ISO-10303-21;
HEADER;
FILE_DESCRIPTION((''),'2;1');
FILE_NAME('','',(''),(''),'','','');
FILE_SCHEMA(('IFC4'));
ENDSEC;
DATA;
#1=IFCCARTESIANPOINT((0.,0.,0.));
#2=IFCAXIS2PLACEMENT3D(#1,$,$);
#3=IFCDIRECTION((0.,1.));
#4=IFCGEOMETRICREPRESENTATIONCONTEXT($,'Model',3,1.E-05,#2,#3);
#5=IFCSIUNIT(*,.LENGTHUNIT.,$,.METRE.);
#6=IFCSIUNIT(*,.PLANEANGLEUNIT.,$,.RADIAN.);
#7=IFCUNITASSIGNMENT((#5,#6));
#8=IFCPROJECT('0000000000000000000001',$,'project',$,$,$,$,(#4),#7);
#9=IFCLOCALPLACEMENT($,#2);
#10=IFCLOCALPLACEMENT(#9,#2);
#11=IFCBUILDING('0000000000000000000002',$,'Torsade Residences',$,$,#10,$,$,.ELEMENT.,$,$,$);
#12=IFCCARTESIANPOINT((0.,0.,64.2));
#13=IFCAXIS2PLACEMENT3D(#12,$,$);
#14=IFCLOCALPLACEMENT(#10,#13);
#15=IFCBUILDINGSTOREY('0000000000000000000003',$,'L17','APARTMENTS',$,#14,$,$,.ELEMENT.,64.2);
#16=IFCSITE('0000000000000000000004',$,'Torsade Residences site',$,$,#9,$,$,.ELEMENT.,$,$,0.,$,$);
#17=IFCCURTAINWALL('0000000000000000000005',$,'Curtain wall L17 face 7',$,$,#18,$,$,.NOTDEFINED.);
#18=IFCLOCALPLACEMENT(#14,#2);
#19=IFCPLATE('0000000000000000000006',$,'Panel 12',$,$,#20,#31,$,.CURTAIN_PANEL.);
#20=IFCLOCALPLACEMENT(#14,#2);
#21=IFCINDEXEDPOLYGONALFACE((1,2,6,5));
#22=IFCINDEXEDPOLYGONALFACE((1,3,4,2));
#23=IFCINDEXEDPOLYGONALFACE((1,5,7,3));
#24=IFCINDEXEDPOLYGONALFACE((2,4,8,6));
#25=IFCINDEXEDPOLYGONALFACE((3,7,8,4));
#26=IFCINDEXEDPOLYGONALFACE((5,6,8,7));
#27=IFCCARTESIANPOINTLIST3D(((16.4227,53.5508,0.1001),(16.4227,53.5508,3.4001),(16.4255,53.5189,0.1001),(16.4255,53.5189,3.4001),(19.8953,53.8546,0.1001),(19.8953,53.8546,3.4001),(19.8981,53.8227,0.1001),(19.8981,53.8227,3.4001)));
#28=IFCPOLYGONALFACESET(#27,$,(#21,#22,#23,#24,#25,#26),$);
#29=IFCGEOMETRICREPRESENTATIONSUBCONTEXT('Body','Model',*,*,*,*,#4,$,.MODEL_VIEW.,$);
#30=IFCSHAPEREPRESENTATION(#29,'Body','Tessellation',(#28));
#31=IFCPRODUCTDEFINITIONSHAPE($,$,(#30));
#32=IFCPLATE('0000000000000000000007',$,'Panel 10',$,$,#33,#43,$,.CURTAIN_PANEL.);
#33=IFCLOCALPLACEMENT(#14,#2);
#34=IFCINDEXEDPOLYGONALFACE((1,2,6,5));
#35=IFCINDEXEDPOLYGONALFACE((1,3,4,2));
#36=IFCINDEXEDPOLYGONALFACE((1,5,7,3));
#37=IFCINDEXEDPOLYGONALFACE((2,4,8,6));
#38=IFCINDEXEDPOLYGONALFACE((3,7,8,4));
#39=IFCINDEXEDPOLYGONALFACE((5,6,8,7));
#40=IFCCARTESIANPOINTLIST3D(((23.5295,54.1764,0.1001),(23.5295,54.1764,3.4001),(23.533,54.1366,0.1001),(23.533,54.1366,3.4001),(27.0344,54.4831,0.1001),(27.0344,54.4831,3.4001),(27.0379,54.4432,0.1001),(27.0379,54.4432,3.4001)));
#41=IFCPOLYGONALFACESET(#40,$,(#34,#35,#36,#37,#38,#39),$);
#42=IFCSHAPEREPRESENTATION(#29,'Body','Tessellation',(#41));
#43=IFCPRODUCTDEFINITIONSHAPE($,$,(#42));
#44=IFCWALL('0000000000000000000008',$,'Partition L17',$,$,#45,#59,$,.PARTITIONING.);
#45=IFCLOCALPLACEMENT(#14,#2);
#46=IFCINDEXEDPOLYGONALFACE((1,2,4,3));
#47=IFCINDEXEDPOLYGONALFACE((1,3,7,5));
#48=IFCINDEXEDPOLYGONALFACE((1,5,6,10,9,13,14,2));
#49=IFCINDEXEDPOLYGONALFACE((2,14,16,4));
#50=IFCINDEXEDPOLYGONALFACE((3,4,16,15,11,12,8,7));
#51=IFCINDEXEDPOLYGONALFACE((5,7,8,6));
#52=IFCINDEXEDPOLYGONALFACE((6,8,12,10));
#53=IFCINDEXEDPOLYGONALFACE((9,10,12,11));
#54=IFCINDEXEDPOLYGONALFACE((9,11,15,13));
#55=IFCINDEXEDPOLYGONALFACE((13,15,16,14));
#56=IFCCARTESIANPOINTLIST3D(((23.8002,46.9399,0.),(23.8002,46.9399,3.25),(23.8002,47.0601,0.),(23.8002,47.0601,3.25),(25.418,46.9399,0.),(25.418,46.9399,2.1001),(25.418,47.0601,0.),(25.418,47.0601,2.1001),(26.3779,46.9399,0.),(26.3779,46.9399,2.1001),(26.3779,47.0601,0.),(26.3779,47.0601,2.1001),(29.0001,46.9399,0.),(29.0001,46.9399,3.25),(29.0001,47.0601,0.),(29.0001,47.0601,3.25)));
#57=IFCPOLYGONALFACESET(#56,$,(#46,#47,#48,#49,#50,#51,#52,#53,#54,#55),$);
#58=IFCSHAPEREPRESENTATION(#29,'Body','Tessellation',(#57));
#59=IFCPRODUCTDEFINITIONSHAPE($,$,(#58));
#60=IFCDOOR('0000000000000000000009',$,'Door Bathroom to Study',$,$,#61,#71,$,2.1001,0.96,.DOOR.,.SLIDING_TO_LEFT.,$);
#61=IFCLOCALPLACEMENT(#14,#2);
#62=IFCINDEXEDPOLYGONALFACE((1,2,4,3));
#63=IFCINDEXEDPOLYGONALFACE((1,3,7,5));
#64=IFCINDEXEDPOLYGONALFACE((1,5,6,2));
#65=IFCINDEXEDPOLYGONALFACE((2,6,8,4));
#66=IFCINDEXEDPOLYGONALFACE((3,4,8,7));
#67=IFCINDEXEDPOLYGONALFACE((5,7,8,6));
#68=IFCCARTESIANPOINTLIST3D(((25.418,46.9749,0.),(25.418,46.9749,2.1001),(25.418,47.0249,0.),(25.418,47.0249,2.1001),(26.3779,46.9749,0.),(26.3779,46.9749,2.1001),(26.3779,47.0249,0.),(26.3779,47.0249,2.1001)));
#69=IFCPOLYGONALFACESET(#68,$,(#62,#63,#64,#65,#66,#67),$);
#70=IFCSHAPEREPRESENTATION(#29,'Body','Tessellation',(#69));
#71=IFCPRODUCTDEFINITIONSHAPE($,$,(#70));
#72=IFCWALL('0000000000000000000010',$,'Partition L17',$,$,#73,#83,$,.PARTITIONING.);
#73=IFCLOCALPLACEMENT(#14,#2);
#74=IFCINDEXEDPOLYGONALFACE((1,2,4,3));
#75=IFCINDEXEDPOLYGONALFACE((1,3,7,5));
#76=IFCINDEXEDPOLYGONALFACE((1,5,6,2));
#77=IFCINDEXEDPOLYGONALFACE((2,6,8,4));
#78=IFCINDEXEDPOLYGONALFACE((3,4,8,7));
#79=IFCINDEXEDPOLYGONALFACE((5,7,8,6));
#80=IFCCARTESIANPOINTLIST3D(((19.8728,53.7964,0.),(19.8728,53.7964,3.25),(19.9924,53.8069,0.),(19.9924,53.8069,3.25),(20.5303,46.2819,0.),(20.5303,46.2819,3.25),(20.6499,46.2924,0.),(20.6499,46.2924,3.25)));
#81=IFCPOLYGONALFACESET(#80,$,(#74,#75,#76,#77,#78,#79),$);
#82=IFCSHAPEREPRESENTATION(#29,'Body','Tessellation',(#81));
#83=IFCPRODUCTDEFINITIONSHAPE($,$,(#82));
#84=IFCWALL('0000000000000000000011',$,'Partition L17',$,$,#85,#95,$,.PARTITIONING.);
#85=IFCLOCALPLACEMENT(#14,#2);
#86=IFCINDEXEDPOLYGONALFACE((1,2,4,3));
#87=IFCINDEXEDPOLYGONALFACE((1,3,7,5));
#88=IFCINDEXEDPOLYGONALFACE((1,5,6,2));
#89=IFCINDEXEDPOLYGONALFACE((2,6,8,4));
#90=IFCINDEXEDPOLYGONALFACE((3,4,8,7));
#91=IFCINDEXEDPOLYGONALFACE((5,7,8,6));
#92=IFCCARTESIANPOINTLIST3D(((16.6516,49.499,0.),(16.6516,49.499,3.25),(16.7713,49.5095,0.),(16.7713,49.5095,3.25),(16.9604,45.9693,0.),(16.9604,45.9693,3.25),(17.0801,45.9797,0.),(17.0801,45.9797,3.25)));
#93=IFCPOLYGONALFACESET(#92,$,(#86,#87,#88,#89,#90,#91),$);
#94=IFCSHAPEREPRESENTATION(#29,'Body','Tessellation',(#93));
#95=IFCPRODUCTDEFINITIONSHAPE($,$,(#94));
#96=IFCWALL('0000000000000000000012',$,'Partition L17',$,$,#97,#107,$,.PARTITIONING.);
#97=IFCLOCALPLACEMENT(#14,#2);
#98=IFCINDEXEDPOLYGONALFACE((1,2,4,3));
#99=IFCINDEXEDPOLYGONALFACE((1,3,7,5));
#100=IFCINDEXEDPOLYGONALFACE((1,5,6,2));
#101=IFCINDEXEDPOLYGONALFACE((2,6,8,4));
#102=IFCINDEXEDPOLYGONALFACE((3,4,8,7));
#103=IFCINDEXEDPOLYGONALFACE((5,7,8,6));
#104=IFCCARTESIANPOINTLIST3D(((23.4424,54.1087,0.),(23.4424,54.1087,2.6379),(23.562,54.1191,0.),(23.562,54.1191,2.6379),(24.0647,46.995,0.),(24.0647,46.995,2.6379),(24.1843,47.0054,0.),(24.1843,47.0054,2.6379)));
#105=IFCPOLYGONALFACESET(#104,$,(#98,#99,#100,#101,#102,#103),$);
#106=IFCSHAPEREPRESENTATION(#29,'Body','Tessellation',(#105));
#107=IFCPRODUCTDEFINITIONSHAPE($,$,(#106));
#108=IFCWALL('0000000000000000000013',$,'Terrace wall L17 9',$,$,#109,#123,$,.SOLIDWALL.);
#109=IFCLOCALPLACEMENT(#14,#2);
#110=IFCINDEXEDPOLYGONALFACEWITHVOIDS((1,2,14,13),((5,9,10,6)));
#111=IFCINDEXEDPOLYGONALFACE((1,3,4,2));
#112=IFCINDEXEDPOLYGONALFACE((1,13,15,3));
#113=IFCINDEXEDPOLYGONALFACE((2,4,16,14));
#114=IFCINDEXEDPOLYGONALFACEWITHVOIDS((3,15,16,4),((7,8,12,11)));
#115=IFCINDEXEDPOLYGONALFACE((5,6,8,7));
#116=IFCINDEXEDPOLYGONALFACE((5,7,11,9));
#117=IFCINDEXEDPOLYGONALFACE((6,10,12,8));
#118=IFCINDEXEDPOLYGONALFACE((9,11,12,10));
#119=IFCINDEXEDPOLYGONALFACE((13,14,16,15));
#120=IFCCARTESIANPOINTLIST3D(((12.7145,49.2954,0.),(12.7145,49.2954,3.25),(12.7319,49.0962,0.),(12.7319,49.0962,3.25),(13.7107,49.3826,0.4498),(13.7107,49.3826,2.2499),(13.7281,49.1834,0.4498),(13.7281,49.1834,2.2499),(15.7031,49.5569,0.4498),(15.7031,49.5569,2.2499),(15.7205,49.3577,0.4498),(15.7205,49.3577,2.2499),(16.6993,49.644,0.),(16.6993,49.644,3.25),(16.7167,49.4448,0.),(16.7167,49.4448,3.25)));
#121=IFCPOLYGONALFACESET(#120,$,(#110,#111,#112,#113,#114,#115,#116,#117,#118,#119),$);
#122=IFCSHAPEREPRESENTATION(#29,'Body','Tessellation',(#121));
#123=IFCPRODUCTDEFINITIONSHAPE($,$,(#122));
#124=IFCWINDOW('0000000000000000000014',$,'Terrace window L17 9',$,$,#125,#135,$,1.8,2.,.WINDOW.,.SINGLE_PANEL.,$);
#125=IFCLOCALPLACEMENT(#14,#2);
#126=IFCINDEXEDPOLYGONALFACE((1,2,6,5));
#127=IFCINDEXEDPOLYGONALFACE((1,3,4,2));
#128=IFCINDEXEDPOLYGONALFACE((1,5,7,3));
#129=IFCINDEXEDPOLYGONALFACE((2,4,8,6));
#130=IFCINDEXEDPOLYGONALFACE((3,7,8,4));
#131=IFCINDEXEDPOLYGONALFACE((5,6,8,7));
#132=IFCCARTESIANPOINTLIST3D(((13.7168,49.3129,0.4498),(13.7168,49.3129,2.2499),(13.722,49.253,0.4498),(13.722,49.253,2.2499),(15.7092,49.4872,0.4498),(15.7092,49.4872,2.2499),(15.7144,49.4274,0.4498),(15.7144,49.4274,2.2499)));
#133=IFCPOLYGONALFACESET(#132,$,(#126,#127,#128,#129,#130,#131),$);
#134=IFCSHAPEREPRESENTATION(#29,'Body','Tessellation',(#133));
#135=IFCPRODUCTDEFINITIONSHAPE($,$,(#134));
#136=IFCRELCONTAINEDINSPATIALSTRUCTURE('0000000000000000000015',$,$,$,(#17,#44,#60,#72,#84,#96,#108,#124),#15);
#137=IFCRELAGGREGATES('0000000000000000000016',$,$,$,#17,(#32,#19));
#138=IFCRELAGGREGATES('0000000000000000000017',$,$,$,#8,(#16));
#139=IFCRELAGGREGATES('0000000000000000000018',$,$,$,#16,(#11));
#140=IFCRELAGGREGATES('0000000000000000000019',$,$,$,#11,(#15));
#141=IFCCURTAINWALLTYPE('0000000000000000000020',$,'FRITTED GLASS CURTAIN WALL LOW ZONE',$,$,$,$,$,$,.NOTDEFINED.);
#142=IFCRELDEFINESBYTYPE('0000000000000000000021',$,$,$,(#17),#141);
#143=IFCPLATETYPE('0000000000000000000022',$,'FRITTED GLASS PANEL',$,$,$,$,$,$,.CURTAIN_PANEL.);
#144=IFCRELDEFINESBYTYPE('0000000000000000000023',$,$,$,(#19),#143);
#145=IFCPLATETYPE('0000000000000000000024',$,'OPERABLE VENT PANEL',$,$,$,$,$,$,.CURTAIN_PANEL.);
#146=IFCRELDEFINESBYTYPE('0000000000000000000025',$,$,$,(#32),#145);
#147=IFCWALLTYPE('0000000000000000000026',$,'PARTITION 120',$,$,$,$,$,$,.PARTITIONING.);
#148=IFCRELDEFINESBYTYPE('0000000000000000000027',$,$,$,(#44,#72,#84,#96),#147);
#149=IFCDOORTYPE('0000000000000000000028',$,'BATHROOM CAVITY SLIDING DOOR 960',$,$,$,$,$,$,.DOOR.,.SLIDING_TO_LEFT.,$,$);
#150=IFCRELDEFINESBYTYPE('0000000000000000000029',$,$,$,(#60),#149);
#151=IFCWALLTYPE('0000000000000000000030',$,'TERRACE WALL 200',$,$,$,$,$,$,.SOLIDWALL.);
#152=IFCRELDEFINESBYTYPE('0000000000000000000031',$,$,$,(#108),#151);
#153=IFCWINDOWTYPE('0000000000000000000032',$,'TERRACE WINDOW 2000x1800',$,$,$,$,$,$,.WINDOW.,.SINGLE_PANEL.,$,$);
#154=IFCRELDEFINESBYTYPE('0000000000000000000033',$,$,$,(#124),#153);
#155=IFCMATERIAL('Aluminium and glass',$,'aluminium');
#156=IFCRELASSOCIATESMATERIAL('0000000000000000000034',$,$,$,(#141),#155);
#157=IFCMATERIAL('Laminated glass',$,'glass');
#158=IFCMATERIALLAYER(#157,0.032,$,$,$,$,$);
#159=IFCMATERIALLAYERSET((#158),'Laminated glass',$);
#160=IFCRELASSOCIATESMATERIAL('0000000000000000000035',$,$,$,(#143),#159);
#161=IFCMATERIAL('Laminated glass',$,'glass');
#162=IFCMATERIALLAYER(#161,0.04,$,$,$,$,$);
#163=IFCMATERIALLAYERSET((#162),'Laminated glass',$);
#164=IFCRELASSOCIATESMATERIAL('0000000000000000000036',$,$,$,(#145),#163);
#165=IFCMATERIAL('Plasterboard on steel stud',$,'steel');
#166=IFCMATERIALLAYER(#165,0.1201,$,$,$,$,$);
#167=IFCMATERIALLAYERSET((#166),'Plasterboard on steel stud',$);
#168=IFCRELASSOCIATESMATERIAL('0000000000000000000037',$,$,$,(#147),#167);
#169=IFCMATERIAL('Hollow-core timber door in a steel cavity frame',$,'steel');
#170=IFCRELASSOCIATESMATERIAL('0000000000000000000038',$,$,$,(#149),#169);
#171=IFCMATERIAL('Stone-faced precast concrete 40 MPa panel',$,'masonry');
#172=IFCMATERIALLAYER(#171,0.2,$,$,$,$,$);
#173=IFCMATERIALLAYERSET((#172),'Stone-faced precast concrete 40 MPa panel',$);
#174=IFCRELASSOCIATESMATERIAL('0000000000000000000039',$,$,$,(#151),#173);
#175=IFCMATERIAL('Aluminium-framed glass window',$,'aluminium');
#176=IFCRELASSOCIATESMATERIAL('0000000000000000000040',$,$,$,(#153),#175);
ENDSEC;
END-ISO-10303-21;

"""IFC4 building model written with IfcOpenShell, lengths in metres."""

from ifc_helpers import new_model, si_unit, direction, frame, frame_2d, origin, origin_2d, place, context, subcontext, project, spatial, rectangle, extrude, material, layer, layer_set, type_object, element, fill, aggregate, save


model = new_model("IFC4")

# Units and contexts
model_context = context("Model", 3, precision=1e-05, world=origin(), true_north=direction((0.0, 1.0)))
body_context = subcontext(model_context, "Body", "Model", "MODEL_VIEW")
ifc_project = project(units=[si_unit("LENGTHUNIT", "METRE"), si_unit("PLANEANGLEUNIT", "RADIAN")], contexts=[model_context])

# Site, building, storey
site_placement = place(None, origin())
site = spatial("IfcSite", under=ifc_project, at=site_placement, Name="Torsade Residences site", CompositionType="ELEMENT", RefElevation=0.0)
building_placement = place(site_placement, origin())
building = spatial("IfcBuilding", under=site, at=building_placement, Name="Torsade Residences", CompositionType="ELEMENT")
storey_placement = place(building_placement, frame((0.0, 0.0, 64.2)))
storey = spatial("IfcBuildingStorey", under=building, at=storey_placement, Name="L17", Description="APARTMENTS", CompositionType="ELEMENT", Elevation=64.2)

# Curtain wall
ifc_material_1 = material(Name="Aluminium and glass", Category="aluminium")
curtain_wall_type = type_object("IfcCurtainWallType", Name="FRITTED GLASS CURTAIN WALL LOW ZONE", PredefinedType="NOTDEFINED", material=ifc_material_1)
curtain_wall_placement = place(storey_placement, origin())
curtain_wall = element("IfcCurtainWall", 1, at=curtain_wall_placement, inside=storey, type_object=curtain_wall_type, Name="Curtain wall L17 face 7", PredefinedType="NOTDEFINED")

# Plates
ifc_material_2 = material(Name="Laminated glass", Category="glass")
ifc_layer_1 = layer(ifc_material_2, 0.032)
ifc_layer_set_1 = layer_set([ifc_layer_1], Name="Laminated glass")
plate_type_1 = type_object("IfcPlateType", Name="FRITTED GLASS PANEL", PredefinedType="CURTAIN_PANEL", material=ifc_layer_set_1)
plate_1_placement = place(storey_placement, frame((18.1604, 53.6868, 0.1001), z_axis=(0.0, 0.0, 1.0), x_axis=(-0.996195, -0.087156, 0.0)))
plate_1 = element("IfcPlate", 2, at=plate_1_placement, type_object=plate_type_1, Name="Panel 12", PredefinedType="CURTAIN_PANEL", context=body_context, shape_type="SweptSolid", body=[
    extrude(rectangle(XDim=3.4858, YDim=0.032, at=origin_2d()), origin(), (0.0, 0.0, 1.0), 3.3),
])
ifc_material_3 = material(Name="Laminated glass", Category="glass")
ifc_layer_2 = layer(ifc_material_3, 0.04)
ifc_layer_set_2 = layer_set([ifc_layer_2], Name="Laminated glass")
plate_type_2 = type_object("IfcPlateType", Name="OPERABLE VENT PANEL", PredefinedType="CURTAIN_PANEL", material=ifc_layer_set_2)
plate_2_placement = place(storey_placement, frame((25.2837, 54.3098, 0.1001), z_axis=(0.0, 0.0, 1.0), x_axis=(-0.996195, -0.087156, 0.0)))
plate_2 = element("IfcPlate", 3, at=plate_2_placement, type_object=plate_type_2, Name="Panel 10", PredefinedType="CURTAIN_PANEL", context=body_context, shape_type="SweptSolid", body=[
    extrude(rectangle(XDim=3.5183, YDim=0.04, at=origin_2d()), origin(), (0.0, 0.0, 1.0), 3.3),
])
aggregate(curtain_wall, [plate_2, plate_1])

# Wall, opening, door
ifc_material_4 = material(Name="Plasterboard on steel stud", Category="steel")
ifc_layer_3 = layer(ifc_material_4, 0.1201)
ifc_layer_set_3 = layer_set([ifc_layer_3], Name="Plasterboard on steel stud")
wall_type_1 = type_object("IfcWallType", Name="PARTITION 120", PredefinedType="PARTITIONING", material=ifc_layer_set_3)
wall_1_placement = place(storey_placement, frame((23.8, 47.0, 0.0), z_axis=(0.0, 0.0, 1.0), x_axis=(1.0, 0.0, 0.0)))
wall_1 = element("IfcWall", 4, at=wall_1_placement, inside=storey, type_object=wall_type_1, Name="Partition L17", PredefinedType="PARTITIONING", context=body_context, shape_type="SweptSolid", body=[
    extrude(rectangle(XDim=5.2, YDim=0.1201, at=frame_2d((2.6001, 0.0))), origin(), (0.0, 0.0, 1.0), 3.25),
])
opening_1_placement = place(wall_1_placement, frame((1.6179, 0.0, 0.0)))
opening_1 = element("IfcOpeningElement", 5, at=opening_1_placement, cuts=wall_1, PredefinedType="OPENING", context=body_context, shape_type="SweptSolid", body=[
    extrude(rectangle(XDim=0.96, YDim=2.1001, at=frame_2d((0.48, 1.05))), frame((0.0, 0.0701, 0.0), z_axis=(0.0, -1.0, 0.0), x_axis=(1.0, 0.0, 0.0)), (0.0, 0.0, 1.0), 0.1401),
])
ifc_material_5 = material(Name="Hollow-core timber door in a steel cavity frame", Category="steel")
door_type = type_object("IfcDoorType", Name="BATHROOM CAVITY SLIDING DOOR 960", OperationType="SLIDING_TO_LEFT", PredefinedType="DOOR", material=ifc_material_5)
door_placement = place(opening_1_placement, origin())
door = element("IfcDoor", 6, at=door_placement, inside=storey, type_object=door_type, Name="Door Bathroom to Study", OperationType="SLIDING_TO_LEFT", OverallHeight=2.1001, OverallWidth=0.96, PredefinedType="DOOR", context=body_context, shape_type="SweptSolid", body=[
    extrude(rectangle(XDim=0.96, YDim=2.1001, at=frame_2d((0.48, 1.05))), frame((0.0, 0.0249, 0.0), z_axis=(0.0, -1.0, 0.0), x_axis=(1.0, 0.0, 0.0)), (0.0, 0.0, 1.0), 0.05),
])
fill(opening_1, door)

# Walls
wall_2_placement = place(storey_placement, frame((19.9326, 53.8015, 0.0), z_axis=(0.0, 0.0, 1.0), x_axis=(0.087162, -0.996194, 0.0)))
element("IfcWall", 7, at=wall_2_placement, inside=storey, type_object=wall_type_1, Name="Partition L17", PredefinedType="PARTITIONING", context=body_context, shape_type="SweptSolid", body=[
    extrude(rectangle(XDim=7.5432, YDim=0.1201, at=frame_2d((3.7715, 0.0))), origin(), (0.0, 0.0, 1.0), 3.25),
])
wall_3_placement = place(storey_placement, frame((17.0203, 45.9746, 0.0), z_axis=(0.0, 0.0, 1.0), x_axis=(-0.087162, 0.996194, 0.0)))
element("IfcWall", 8, at=wall_3_placement, inside=storey, type_object=wall_type_1, Name="Partition L17", PredefinedType="PARTITIONING", context=body_context, shape_type="SweptSolid", body=[
    extrude(rectangle(XDim=3.5432, YDim=0.1201, at=frame_2d((1.7715, 0.0))), origin(), (0.0, 0.0, 1.0), 3.25),
])
wall_4_placement = place(storey_placement, frame((23.5022, 54.1138, 0.0), z_axis=(0.0, 0.0, 1.0), x_axis=(0.087147, -0.996195, 0.0)))
element("IfcWall", 9, at=wall_4_placement, inside=storey, type_object=wall_type_1, Name="Partition L17", PredefinedType="PARTITIONING", context=body_context, shape_type="SweptSolid", body=[
    extrude(rectangle(XDim=7.1409, YDim=0.1201, at=frame_2d((3.5703, 0.0))), origin(), (0.0, 0.0, 1.0), 2.6379),
])

# Wall, opening, window
ifc_material_6 = material(Name="Stone-faced precast concrete 40 MPa panel", Category="masonry")
ifc_layer_4 = layer(ifc_material_6, 0.2)
ifc_layer_set_4 = layer_set([ifc_layer_4], Name="Stone-faced precast concrete 40 MPa panel")
wall_type_2 = type_object("IfcWallType", Name="TERRACE WALL 200", PredefinedType="SOLIDWALL", material=ifc_layer_set_4)
wall_5_placement = place(storey_placement, frame((16.708, 49.5444, 0.0), z_axis=(0.0, 0.0, 1.0), x_axis=(-0.996195, -0.087156, 0.0)))
wall_5 = element("IfcWall", 10, at=wall_5_placement, inside=storey, type_object=wall_type_2, Name="Terrace wall L17 9", PredefinedType="SOLIDWALL", context=body_context, shape_type="SweptSolid", body=[
    extrude(rectangle(XDim=4.0, YDim=0.2, at=frame_2d((2.0, 0.0))), origin(), (0.0, 0.0, 1.0), 3.25),
])
opening_2_placement = place(wall_5_placement, frame((1.0, 0.0, 0.45)))
opening_2 = element("IfcOpeningElement", 11, at=opening_2_placement, cuts=wall_5, PredefinedType="OPENING", context=body_context, shape_type="SweptSolid", body=[
    extrude(rectangle(XDim=2.0, YDim=1.8, at=frame_2d((1.0, 0.8999))), frame((0.0, 0.1099, 0.0), z_axis=(0.0, -1.0, 0.0), x_axis=(1.0, 0.0, 0.0)), (0.0, 0.0, 1.0), 0.22),
])
ifc_material_7 = material(Name="Aluminium-framed glass window", Category="aluminium")
window_type = type_object("IfcWindowType", Name="TERRACE WINDOW 2000x1800", PartitioningType="SINGLE_PANEL", PredefinedType="WINDOW", material=ifc_material_7)
window_placement = place(opening_2_placement, origin())
window = element("IfcWindow", 12, at=window_placement, inside=storey, type_object=window_type, Name="Terrace window L17 9", OverallHeight=1.8, OverallWidth=2.0, PartitioningType="SINGLE_PANEL", PredefinedType="WINDOW", context=body_context, shape_type="SweptSolid", body=[
    extrude(rectangle(XDim=2.0, YDim=1.8, at=frame_2d((1.0, 0.8999))), frame((0.0, 0.03, 0.0), z_axis=(0.0, -1.0, 0.0), x_axis=(1.0, 0.0, 0.0)), (0.0, 0.0, 1.0), 0.0601),
])
fill(opening_2, window)

save(model, "model.ifc")
